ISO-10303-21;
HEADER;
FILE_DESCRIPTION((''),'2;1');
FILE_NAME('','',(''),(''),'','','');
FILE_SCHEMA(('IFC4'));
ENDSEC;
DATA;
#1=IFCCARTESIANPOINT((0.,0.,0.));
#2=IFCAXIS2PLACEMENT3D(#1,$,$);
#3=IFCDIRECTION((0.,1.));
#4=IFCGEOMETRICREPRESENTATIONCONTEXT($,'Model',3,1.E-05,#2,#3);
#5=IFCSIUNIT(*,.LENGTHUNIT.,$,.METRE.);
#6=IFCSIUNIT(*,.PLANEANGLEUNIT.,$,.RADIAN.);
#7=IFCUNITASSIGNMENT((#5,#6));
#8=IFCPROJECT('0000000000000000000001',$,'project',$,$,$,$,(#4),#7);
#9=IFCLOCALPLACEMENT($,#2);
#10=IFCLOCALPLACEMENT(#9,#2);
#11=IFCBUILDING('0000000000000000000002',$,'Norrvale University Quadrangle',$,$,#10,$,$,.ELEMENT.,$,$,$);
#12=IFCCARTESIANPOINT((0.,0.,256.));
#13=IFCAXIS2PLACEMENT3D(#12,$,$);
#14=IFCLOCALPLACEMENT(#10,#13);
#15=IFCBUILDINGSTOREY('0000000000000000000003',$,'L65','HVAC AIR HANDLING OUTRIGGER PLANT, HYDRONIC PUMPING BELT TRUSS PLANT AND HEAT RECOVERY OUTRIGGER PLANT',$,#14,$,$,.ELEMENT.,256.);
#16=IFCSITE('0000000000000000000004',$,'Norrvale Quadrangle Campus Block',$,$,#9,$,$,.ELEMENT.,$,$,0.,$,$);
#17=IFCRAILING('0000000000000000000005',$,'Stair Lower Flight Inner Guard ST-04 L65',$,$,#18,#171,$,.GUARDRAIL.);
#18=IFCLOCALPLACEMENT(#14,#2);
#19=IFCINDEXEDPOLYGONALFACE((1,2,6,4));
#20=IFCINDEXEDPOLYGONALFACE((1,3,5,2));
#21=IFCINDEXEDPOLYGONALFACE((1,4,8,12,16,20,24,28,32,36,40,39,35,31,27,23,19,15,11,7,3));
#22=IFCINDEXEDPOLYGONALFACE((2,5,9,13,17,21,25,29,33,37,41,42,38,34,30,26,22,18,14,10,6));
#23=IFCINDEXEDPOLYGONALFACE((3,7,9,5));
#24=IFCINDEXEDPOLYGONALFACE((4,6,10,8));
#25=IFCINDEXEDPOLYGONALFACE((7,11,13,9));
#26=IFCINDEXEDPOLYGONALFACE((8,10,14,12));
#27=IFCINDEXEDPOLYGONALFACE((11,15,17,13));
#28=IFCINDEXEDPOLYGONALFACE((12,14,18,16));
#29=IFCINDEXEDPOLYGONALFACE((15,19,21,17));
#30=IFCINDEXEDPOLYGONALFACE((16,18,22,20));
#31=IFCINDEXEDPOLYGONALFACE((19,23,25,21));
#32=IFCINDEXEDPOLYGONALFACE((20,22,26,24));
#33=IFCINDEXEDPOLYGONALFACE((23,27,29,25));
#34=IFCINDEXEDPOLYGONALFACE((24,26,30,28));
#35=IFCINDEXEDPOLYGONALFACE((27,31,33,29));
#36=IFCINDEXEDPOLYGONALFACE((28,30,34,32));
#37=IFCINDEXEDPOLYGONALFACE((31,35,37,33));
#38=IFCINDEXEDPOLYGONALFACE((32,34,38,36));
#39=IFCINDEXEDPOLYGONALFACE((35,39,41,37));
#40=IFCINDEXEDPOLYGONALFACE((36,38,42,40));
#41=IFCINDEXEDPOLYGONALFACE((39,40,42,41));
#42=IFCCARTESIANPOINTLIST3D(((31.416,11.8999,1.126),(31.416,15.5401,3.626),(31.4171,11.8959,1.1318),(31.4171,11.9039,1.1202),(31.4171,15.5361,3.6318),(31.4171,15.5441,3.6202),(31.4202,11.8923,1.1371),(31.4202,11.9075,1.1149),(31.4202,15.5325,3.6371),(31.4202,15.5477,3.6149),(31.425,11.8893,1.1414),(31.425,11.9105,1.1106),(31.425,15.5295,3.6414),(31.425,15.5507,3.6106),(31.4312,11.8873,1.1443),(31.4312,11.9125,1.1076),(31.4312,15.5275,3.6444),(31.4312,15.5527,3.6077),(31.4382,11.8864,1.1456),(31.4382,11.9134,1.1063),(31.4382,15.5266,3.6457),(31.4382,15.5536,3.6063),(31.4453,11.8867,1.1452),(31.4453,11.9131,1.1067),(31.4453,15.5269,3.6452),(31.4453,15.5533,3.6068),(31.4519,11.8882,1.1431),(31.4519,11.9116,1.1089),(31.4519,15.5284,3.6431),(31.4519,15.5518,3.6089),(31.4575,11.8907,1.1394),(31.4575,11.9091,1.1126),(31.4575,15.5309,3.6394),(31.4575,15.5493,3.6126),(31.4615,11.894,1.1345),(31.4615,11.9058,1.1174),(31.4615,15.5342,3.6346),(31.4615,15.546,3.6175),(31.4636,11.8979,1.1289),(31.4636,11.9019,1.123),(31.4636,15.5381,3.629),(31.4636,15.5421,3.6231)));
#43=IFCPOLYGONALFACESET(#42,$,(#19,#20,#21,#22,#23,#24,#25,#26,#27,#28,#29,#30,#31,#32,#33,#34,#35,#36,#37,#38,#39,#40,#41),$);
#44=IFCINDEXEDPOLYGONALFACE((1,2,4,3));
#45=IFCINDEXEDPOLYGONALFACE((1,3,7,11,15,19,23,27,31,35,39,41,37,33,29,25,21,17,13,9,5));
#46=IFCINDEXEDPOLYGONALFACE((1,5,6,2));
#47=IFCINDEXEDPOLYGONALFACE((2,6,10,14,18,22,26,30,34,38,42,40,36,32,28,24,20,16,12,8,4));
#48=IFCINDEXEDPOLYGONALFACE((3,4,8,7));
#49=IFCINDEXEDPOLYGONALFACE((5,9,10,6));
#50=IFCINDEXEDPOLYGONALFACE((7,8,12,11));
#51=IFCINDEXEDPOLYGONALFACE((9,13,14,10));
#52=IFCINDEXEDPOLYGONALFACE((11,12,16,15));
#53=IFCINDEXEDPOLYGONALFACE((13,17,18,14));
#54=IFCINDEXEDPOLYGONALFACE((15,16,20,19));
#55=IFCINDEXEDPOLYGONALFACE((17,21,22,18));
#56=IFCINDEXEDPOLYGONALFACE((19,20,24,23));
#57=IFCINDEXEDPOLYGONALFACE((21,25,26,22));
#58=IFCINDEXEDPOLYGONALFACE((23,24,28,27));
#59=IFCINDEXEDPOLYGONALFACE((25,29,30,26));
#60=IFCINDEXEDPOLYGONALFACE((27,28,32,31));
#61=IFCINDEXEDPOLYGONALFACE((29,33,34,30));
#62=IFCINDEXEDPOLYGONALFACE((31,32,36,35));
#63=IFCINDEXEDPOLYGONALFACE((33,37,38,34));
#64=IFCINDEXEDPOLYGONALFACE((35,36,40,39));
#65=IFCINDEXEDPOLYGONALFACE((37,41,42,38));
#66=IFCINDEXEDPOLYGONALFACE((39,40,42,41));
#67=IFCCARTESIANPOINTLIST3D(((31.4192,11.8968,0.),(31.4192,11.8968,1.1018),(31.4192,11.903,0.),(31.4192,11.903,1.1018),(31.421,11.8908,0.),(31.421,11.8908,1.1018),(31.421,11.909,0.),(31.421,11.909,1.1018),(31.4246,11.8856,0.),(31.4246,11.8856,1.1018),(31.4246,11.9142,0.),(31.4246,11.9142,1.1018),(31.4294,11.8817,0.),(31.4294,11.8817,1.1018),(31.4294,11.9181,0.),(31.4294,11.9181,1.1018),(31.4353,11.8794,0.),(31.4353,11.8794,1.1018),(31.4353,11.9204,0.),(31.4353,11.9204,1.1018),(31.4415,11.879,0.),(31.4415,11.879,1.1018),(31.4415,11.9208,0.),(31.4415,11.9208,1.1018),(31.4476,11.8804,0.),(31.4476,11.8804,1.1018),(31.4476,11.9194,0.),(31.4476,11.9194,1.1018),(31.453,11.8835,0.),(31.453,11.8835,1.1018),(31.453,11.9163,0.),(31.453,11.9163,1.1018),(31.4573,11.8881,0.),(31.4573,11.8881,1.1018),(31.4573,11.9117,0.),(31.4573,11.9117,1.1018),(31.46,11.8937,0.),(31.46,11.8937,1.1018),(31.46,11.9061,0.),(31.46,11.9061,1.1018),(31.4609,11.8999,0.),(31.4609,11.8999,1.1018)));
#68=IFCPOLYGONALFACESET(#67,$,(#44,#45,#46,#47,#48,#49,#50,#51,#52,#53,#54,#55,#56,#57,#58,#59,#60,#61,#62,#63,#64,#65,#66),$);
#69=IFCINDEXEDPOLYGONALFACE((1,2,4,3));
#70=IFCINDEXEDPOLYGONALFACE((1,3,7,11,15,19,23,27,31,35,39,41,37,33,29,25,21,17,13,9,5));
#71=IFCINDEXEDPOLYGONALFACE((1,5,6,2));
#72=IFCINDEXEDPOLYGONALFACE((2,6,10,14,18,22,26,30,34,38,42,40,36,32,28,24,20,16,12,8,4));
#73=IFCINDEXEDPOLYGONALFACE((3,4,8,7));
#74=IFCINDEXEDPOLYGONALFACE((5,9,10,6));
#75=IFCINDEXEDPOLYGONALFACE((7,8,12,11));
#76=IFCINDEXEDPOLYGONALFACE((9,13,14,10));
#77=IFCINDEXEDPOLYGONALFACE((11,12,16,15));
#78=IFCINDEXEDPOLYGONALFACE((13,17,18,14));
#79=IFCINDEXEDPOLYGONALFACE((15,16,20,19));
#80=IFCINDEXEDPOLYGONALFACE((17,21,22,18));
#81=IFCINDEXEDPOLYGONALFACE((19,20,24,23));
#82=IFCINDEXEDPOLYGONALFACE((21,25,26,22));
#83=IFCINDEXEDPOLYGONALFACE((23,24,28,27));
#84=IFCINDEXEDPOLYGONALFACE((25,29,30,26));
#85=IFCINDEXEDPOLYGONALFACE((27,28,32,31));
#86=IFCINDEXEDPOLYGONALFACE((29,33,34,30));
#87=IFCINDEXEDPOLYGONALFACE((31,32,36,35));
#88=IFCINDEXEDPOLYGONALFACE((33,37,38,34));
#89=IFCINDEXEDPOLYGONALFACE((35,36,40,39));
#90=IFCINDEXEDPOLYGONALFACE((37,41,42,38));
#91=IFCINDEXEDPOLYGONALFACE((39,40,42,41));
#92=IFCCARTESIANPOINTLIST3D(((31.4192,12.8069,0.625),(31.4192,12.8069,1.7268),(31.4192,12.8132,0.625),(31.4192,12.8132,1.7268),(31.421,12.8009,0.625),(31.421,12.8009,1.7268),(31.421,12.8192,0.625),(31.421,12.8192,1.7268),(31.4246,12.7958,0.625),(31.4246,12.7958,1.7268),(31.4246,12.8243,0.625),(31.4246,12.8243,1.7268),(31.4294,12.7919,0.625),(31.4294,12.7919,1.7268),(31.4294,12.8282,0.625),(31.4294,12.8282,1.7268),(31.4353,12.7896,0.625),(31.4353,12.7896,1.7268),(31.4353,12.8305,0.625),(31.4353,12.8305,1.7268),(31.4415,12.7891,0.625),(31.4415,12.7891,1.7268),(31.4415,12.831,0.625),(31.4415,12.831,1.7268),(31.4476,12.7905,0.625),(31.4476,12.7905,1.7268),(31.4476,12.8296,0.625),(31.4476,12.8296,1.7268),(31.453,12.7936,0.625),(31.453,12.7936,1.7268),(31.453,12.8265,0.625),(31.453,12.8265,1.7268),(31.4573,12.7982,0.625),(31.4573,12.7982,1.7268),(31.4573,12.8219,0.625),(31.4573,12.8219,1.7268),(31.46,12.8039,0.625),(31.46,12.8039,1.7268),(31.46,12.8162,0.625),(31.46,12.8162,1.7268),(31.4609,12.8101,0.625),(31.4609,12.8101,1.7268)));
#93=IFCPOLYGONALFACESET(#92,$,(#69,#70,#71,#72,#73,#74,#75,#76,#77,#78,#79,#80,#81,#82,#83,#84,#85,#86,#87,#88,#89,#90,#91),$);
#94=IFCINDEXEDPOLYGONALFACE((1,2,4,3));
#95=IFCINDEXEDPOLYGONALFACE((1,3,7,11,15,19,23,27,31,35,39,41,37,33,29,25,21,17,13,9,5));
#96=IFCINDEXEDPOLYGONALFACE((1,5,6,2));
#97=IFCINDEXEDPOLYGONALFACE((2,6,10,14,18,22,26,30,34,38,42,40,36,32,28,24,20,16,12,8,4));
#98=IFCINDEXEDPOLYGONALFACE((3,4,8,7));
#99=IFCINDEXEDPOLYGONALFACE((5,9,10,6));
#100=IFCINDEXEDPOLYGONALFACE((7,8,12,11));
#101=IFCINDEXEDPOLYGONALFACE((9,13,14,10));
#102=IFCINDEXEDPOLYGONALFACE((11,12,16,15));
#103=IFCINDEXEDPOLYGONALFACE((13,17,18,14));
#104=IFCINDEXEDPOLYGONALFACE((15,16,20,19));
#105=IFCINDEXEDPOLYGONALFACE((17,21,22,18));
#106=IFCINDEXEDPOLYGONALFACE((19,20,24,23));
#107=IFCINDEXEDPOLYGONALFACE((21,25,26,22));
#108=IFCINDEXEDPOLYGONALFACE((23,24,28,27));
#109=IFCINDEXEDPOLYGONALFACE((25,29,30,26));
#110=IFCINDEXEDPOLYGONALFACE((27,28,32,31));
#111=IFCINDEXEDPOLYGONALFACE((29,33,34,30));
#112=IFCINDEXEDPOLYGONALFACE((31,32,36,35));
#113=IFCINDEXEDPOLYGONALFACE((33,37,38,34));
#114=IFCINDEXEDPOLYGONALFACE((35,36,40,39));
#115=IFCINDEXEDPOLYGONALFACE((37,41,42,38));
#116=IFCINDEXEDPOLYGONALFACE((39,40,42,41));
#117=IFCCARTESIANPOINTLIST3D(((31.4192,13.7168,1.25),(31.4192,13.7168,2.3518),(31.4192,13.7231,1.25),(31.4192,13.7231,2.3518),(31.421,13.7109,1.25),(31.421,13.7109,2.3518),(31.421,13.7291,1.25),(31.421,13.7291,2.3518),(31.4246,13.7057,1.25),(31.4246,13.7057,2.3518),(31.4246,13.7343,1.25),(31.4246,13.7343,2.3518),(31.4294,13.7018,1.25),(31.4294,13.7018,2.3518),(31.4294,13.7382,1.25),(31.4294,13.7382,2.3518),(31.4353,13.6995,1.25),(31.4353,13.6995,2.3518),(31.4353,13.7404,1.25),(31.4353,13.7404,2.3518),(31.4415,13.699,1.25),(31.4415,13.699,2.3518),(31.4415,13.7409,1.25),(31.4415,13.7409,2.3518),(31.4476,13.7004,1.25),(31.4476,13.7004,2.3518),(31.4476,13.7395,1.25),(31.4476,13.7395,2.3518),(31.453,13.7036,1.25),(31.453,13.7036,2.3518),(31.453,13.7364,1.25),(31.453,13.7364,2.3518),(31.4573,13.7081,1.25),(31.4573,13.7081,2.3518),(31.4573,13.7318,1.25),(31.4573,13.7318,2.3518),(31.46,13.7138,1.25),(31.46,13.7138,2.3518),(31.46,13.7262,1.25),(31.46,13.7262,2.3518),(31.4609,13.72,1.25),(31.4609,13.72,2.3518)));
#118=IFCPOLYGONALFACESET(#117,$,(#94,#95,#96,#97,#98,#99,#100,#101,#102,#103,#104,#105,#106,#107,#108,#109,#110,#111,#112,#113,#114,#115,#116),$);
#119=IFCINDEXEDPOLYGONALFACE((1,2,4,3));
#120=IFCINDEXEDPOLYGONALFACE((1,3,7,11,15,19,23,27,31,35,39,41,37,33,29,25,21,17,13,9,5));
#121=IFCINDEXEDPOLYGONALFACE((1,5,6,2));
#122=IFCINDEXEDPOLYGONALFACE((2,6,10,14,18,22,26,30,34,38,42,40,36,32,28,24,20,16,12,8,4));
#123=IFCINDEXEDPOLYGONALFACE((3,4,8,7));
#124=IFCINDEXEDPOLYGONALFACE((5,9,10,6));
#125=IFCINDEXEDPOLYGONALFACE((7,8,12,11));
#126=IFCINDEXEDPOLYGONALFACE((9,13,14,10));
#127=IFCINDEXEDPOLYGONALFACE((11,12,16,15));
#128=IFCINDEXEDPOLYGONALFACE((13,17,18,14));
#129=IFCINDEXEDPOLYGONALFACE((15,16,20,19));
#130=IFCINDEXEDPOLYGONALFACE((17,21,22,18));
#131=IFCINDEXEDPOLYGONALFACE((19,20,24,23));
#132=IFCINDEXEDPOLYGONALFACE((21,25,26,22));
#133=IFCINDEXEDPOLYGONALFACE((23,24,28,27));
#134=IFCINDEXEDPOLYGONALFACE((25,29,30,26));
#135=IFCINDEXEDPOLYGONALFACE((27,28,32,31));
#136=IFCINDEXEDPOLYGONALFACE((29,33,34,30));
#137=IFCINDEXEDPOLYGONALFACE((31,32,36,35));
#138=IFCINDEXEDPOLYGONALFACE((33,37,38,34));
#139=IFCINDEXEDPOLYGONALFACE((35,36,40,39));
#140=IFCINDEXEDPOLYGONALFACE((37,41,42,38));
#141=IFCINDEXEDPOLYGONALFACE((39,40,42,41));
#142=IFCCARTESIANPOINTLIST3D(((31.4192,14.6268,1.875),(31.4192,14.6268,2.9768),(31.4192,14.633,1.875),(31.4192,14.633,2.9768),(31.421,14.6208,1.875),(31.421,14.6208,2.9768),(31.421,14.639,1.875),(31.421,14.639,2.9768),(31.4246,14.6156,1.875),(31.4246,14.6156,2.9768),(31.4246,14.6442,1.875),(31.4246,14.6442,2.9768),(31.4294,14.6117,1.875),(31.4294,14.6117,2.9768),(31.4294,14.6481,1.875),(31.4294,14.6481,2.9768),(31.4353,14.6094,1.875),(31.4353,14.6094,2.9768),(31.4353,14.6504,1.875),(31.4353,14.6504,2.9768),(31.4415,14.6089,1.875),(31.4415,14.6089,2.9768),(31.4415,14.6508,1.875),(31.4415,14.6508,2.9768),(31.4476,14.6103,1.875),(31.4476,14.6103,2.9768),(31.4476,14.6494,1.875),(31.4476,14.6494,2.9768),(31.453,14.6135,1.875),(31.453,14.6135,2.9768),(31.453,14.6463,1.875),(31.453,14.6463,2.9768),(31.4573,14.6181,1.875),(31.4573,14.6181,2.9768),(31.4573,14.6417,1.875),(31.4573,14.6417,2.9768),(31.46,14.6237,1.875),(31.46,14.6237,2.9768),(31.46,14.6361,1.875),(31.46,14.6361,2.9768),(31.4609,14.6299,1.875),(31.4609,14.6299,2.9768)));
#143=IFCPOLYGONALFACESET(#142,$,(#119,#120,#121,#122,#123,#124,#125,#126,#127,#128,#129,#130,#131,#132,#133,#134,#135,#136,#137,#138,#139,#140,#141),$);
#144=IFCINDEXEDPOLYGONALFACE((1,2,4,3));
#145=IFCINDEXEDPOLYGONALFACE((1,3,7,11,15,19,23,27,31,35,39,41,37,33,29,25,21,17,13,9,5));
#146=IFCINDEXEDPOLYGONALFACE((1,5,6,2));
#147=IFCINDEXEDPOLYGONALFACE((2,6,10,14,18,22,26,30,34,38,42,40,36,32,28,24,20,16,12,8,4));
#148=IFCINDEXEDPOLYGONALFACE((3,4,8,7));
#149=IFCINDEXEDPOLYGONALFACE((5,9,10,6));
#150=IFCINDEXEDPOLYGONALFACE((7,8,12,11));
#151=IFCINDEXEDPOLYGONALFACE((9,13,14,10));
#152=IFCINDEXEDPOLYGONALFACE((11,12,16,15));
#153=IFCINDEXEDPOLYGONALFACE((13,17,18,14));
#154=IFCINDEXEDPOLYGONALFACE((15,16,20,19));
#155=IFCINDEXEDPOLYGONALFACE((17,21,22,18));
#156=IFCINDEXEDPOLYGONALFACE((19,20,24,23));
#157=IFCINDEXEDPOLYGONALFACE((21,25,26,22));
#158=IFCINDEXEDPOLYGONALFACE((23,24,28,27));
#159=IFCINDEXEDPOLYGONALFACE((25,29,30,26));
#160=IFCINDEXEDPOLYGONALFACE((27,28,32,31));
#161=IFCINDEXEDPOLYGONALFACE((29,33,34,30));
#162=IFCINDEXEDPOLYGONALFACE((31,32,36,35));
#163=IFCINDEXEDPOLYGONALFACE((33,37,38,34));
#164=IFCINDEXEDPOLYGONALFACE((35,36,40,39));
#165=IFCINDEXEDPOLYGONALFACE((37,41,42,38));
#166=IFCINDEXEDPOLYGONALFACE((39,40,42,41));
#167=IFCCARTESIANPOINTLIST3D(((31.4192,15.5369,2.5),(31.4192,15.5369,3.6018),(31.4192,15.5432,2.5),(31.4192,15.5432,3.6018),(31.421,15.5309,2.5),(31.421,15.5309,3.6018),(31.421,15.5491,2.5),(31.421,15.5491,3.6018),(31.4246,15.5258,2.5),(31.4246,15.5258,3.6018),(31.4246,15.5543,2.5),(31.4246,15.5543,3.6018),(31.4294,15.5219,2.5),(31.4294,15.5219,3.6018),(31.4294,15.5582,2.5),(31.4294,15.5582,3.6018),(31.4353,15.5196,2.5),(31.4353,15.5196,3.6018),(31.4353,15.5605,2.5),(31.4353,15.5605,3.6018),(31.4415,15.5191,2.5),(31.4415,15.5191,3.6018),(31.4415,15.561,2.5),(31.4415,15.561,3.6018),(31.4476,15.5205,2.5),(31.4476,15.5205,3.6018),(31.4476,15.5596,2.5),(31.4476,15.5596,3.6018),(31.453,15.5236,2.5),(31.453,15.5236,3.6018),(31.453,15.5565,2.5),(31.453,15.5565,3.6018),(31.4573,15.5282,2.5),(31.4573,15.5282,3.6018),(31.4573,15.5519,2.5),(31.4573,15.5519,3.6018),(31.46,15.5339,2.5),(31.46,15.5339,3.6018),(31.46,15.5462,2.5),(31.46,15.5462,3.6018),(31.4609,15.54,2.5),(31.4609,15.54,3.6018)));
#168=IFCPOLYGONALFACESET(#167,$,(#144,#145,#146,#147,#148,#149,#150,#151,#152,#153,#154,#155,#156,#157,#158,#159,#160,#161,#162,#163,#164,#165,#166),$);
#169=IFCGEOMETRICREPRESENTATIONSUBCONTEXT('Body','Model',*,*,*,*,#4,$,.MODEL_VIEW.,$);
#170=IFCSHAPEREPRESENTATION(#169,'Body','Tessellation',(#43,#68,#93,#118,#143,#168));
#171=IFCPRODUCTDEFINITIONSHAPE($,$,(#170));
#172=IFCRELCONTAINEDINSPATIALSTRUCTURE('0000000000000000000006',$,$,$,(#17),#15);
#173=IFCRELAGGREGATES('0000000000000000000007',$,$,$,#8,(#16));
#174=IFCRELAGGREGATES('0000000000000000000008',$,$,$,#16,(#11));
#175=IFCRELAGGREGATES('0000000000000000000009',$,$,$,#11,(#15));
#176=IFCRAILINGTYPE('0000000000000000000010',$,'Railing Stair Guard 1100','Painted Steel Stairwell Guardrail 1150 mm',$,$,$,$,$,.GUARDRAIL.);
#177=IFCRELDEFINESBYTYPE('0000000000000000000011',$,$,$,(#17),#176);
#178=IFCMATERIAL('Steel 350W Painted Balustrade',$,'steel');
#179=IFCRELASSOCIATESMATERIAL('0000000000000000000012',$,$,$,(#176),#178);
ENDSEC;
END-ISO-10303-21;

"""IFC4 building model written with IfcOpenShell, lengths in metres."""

from ifc_helpers import new_model, si_unit, direction, frame, origin, origin_2d, place, context, subcontext, project, spatial, circle, extrude, material, type_object, element, save


model = new_model("IFC4")

# Units and contexts
model_context = context("Model", 3, precision=1e-05, world=origin(), true_north=direction((0.0, 1.0)))
body_context = subcontext(model_context, "Body", "Model", "MODEL_VIEW")
ifc_project = project(units=[si_unit("LENGTHUNIT", "METRE"), si_unit("PLANEANGLEUNIT", "RADIAN")], contexts=[model_context])

# Site, building, storey
site_placement = place(None, origin())
site = spatial("IfcSite", under=ifc_project, at=site_placement, Name="Norrvale Quadrangle Campus Block", CompositionType="ELEMENT", RefElevation=0.0)
building_placement = place(site_placement, origin())
building = spatial("IfcBuilding", under=site, at=building_placement, Name="Norrvale University Quadrangle", CompositionType="ELEMENT")
storey_placement = place(building_placement, frame((0.0, 0.0, 256.0)))
storey = spatial("IfcBuildingStorey", under=building, at=storey_placement, Name="L65", Description="HVAC AIR HANDLING OUTRIGGER PLANT, HYDRONIC PUMPING BELT TRUSS PLANT AND HEAT RECOVERY OUTRIGGER PLANT", CompositionType="ELEMENT", Elevation=256.0)

# Railing
ifc_material_1 = material(Name="Steel 350W Painted Balustrade", Category="steel")
railing_type = type_object("IfcRailingType", Name="Railing Stair Guard 1100", Description="Painted Steel Stairwell Guardrail 1150 mm", PredefinedType="GUARDRAIL", material=ifc_material_1)
railing_1_placement = place(storey_placement, frame((31.4399, 11.8999, 0.0)))
element("IfcRailing", 1, at=railing_1_placement, inside=storey, type_object=railing_type, Name="Stair Lower Flight Inner Guard ST-04 L65", PredefinedType="GUARDRAIL", context=body_context, shape_type="SweptSolid", body=[
    extrude(circle(Radius=0.0239, at=origin_2d()), frame((0.0, 0.0, 1.126), z_axis=(0.0, 0.824316, 0.56613), x_axis=(-1.0, 0.0, 0.0)), (0.0, 0.0, 1.0), 4.416),
    extrude(circle(Radius=0.021, at=origin_2d()), origin(), (0.0, 0.0, 1.0), 1.1018),
    extrude(circle(Radius=0.021, at=origin_2d()), frame((0.0, 0.9102, 0.625)), (0.0, 0.0, 1.0), 1.1018),
    extrude(circle(Radius=0.021, at=origin_2d()), frame((0.0, 1.8201, 1.25)), (0.0, 0.0, 1.0), 1.1018),
    extrude(circle(Radius=0.021, at=origin_2d()), frame((0.0, 2.73, 1.875)), (0.0, 0.0, 1.0), 1.1018),
    extrude(circle(Radius=0.021, at=origin_2d()), frame((0.0, 3.6401, 2.5)), (0.0, 0.0, 1.0), 1.1018),
])

save(model, "model.ifc")
